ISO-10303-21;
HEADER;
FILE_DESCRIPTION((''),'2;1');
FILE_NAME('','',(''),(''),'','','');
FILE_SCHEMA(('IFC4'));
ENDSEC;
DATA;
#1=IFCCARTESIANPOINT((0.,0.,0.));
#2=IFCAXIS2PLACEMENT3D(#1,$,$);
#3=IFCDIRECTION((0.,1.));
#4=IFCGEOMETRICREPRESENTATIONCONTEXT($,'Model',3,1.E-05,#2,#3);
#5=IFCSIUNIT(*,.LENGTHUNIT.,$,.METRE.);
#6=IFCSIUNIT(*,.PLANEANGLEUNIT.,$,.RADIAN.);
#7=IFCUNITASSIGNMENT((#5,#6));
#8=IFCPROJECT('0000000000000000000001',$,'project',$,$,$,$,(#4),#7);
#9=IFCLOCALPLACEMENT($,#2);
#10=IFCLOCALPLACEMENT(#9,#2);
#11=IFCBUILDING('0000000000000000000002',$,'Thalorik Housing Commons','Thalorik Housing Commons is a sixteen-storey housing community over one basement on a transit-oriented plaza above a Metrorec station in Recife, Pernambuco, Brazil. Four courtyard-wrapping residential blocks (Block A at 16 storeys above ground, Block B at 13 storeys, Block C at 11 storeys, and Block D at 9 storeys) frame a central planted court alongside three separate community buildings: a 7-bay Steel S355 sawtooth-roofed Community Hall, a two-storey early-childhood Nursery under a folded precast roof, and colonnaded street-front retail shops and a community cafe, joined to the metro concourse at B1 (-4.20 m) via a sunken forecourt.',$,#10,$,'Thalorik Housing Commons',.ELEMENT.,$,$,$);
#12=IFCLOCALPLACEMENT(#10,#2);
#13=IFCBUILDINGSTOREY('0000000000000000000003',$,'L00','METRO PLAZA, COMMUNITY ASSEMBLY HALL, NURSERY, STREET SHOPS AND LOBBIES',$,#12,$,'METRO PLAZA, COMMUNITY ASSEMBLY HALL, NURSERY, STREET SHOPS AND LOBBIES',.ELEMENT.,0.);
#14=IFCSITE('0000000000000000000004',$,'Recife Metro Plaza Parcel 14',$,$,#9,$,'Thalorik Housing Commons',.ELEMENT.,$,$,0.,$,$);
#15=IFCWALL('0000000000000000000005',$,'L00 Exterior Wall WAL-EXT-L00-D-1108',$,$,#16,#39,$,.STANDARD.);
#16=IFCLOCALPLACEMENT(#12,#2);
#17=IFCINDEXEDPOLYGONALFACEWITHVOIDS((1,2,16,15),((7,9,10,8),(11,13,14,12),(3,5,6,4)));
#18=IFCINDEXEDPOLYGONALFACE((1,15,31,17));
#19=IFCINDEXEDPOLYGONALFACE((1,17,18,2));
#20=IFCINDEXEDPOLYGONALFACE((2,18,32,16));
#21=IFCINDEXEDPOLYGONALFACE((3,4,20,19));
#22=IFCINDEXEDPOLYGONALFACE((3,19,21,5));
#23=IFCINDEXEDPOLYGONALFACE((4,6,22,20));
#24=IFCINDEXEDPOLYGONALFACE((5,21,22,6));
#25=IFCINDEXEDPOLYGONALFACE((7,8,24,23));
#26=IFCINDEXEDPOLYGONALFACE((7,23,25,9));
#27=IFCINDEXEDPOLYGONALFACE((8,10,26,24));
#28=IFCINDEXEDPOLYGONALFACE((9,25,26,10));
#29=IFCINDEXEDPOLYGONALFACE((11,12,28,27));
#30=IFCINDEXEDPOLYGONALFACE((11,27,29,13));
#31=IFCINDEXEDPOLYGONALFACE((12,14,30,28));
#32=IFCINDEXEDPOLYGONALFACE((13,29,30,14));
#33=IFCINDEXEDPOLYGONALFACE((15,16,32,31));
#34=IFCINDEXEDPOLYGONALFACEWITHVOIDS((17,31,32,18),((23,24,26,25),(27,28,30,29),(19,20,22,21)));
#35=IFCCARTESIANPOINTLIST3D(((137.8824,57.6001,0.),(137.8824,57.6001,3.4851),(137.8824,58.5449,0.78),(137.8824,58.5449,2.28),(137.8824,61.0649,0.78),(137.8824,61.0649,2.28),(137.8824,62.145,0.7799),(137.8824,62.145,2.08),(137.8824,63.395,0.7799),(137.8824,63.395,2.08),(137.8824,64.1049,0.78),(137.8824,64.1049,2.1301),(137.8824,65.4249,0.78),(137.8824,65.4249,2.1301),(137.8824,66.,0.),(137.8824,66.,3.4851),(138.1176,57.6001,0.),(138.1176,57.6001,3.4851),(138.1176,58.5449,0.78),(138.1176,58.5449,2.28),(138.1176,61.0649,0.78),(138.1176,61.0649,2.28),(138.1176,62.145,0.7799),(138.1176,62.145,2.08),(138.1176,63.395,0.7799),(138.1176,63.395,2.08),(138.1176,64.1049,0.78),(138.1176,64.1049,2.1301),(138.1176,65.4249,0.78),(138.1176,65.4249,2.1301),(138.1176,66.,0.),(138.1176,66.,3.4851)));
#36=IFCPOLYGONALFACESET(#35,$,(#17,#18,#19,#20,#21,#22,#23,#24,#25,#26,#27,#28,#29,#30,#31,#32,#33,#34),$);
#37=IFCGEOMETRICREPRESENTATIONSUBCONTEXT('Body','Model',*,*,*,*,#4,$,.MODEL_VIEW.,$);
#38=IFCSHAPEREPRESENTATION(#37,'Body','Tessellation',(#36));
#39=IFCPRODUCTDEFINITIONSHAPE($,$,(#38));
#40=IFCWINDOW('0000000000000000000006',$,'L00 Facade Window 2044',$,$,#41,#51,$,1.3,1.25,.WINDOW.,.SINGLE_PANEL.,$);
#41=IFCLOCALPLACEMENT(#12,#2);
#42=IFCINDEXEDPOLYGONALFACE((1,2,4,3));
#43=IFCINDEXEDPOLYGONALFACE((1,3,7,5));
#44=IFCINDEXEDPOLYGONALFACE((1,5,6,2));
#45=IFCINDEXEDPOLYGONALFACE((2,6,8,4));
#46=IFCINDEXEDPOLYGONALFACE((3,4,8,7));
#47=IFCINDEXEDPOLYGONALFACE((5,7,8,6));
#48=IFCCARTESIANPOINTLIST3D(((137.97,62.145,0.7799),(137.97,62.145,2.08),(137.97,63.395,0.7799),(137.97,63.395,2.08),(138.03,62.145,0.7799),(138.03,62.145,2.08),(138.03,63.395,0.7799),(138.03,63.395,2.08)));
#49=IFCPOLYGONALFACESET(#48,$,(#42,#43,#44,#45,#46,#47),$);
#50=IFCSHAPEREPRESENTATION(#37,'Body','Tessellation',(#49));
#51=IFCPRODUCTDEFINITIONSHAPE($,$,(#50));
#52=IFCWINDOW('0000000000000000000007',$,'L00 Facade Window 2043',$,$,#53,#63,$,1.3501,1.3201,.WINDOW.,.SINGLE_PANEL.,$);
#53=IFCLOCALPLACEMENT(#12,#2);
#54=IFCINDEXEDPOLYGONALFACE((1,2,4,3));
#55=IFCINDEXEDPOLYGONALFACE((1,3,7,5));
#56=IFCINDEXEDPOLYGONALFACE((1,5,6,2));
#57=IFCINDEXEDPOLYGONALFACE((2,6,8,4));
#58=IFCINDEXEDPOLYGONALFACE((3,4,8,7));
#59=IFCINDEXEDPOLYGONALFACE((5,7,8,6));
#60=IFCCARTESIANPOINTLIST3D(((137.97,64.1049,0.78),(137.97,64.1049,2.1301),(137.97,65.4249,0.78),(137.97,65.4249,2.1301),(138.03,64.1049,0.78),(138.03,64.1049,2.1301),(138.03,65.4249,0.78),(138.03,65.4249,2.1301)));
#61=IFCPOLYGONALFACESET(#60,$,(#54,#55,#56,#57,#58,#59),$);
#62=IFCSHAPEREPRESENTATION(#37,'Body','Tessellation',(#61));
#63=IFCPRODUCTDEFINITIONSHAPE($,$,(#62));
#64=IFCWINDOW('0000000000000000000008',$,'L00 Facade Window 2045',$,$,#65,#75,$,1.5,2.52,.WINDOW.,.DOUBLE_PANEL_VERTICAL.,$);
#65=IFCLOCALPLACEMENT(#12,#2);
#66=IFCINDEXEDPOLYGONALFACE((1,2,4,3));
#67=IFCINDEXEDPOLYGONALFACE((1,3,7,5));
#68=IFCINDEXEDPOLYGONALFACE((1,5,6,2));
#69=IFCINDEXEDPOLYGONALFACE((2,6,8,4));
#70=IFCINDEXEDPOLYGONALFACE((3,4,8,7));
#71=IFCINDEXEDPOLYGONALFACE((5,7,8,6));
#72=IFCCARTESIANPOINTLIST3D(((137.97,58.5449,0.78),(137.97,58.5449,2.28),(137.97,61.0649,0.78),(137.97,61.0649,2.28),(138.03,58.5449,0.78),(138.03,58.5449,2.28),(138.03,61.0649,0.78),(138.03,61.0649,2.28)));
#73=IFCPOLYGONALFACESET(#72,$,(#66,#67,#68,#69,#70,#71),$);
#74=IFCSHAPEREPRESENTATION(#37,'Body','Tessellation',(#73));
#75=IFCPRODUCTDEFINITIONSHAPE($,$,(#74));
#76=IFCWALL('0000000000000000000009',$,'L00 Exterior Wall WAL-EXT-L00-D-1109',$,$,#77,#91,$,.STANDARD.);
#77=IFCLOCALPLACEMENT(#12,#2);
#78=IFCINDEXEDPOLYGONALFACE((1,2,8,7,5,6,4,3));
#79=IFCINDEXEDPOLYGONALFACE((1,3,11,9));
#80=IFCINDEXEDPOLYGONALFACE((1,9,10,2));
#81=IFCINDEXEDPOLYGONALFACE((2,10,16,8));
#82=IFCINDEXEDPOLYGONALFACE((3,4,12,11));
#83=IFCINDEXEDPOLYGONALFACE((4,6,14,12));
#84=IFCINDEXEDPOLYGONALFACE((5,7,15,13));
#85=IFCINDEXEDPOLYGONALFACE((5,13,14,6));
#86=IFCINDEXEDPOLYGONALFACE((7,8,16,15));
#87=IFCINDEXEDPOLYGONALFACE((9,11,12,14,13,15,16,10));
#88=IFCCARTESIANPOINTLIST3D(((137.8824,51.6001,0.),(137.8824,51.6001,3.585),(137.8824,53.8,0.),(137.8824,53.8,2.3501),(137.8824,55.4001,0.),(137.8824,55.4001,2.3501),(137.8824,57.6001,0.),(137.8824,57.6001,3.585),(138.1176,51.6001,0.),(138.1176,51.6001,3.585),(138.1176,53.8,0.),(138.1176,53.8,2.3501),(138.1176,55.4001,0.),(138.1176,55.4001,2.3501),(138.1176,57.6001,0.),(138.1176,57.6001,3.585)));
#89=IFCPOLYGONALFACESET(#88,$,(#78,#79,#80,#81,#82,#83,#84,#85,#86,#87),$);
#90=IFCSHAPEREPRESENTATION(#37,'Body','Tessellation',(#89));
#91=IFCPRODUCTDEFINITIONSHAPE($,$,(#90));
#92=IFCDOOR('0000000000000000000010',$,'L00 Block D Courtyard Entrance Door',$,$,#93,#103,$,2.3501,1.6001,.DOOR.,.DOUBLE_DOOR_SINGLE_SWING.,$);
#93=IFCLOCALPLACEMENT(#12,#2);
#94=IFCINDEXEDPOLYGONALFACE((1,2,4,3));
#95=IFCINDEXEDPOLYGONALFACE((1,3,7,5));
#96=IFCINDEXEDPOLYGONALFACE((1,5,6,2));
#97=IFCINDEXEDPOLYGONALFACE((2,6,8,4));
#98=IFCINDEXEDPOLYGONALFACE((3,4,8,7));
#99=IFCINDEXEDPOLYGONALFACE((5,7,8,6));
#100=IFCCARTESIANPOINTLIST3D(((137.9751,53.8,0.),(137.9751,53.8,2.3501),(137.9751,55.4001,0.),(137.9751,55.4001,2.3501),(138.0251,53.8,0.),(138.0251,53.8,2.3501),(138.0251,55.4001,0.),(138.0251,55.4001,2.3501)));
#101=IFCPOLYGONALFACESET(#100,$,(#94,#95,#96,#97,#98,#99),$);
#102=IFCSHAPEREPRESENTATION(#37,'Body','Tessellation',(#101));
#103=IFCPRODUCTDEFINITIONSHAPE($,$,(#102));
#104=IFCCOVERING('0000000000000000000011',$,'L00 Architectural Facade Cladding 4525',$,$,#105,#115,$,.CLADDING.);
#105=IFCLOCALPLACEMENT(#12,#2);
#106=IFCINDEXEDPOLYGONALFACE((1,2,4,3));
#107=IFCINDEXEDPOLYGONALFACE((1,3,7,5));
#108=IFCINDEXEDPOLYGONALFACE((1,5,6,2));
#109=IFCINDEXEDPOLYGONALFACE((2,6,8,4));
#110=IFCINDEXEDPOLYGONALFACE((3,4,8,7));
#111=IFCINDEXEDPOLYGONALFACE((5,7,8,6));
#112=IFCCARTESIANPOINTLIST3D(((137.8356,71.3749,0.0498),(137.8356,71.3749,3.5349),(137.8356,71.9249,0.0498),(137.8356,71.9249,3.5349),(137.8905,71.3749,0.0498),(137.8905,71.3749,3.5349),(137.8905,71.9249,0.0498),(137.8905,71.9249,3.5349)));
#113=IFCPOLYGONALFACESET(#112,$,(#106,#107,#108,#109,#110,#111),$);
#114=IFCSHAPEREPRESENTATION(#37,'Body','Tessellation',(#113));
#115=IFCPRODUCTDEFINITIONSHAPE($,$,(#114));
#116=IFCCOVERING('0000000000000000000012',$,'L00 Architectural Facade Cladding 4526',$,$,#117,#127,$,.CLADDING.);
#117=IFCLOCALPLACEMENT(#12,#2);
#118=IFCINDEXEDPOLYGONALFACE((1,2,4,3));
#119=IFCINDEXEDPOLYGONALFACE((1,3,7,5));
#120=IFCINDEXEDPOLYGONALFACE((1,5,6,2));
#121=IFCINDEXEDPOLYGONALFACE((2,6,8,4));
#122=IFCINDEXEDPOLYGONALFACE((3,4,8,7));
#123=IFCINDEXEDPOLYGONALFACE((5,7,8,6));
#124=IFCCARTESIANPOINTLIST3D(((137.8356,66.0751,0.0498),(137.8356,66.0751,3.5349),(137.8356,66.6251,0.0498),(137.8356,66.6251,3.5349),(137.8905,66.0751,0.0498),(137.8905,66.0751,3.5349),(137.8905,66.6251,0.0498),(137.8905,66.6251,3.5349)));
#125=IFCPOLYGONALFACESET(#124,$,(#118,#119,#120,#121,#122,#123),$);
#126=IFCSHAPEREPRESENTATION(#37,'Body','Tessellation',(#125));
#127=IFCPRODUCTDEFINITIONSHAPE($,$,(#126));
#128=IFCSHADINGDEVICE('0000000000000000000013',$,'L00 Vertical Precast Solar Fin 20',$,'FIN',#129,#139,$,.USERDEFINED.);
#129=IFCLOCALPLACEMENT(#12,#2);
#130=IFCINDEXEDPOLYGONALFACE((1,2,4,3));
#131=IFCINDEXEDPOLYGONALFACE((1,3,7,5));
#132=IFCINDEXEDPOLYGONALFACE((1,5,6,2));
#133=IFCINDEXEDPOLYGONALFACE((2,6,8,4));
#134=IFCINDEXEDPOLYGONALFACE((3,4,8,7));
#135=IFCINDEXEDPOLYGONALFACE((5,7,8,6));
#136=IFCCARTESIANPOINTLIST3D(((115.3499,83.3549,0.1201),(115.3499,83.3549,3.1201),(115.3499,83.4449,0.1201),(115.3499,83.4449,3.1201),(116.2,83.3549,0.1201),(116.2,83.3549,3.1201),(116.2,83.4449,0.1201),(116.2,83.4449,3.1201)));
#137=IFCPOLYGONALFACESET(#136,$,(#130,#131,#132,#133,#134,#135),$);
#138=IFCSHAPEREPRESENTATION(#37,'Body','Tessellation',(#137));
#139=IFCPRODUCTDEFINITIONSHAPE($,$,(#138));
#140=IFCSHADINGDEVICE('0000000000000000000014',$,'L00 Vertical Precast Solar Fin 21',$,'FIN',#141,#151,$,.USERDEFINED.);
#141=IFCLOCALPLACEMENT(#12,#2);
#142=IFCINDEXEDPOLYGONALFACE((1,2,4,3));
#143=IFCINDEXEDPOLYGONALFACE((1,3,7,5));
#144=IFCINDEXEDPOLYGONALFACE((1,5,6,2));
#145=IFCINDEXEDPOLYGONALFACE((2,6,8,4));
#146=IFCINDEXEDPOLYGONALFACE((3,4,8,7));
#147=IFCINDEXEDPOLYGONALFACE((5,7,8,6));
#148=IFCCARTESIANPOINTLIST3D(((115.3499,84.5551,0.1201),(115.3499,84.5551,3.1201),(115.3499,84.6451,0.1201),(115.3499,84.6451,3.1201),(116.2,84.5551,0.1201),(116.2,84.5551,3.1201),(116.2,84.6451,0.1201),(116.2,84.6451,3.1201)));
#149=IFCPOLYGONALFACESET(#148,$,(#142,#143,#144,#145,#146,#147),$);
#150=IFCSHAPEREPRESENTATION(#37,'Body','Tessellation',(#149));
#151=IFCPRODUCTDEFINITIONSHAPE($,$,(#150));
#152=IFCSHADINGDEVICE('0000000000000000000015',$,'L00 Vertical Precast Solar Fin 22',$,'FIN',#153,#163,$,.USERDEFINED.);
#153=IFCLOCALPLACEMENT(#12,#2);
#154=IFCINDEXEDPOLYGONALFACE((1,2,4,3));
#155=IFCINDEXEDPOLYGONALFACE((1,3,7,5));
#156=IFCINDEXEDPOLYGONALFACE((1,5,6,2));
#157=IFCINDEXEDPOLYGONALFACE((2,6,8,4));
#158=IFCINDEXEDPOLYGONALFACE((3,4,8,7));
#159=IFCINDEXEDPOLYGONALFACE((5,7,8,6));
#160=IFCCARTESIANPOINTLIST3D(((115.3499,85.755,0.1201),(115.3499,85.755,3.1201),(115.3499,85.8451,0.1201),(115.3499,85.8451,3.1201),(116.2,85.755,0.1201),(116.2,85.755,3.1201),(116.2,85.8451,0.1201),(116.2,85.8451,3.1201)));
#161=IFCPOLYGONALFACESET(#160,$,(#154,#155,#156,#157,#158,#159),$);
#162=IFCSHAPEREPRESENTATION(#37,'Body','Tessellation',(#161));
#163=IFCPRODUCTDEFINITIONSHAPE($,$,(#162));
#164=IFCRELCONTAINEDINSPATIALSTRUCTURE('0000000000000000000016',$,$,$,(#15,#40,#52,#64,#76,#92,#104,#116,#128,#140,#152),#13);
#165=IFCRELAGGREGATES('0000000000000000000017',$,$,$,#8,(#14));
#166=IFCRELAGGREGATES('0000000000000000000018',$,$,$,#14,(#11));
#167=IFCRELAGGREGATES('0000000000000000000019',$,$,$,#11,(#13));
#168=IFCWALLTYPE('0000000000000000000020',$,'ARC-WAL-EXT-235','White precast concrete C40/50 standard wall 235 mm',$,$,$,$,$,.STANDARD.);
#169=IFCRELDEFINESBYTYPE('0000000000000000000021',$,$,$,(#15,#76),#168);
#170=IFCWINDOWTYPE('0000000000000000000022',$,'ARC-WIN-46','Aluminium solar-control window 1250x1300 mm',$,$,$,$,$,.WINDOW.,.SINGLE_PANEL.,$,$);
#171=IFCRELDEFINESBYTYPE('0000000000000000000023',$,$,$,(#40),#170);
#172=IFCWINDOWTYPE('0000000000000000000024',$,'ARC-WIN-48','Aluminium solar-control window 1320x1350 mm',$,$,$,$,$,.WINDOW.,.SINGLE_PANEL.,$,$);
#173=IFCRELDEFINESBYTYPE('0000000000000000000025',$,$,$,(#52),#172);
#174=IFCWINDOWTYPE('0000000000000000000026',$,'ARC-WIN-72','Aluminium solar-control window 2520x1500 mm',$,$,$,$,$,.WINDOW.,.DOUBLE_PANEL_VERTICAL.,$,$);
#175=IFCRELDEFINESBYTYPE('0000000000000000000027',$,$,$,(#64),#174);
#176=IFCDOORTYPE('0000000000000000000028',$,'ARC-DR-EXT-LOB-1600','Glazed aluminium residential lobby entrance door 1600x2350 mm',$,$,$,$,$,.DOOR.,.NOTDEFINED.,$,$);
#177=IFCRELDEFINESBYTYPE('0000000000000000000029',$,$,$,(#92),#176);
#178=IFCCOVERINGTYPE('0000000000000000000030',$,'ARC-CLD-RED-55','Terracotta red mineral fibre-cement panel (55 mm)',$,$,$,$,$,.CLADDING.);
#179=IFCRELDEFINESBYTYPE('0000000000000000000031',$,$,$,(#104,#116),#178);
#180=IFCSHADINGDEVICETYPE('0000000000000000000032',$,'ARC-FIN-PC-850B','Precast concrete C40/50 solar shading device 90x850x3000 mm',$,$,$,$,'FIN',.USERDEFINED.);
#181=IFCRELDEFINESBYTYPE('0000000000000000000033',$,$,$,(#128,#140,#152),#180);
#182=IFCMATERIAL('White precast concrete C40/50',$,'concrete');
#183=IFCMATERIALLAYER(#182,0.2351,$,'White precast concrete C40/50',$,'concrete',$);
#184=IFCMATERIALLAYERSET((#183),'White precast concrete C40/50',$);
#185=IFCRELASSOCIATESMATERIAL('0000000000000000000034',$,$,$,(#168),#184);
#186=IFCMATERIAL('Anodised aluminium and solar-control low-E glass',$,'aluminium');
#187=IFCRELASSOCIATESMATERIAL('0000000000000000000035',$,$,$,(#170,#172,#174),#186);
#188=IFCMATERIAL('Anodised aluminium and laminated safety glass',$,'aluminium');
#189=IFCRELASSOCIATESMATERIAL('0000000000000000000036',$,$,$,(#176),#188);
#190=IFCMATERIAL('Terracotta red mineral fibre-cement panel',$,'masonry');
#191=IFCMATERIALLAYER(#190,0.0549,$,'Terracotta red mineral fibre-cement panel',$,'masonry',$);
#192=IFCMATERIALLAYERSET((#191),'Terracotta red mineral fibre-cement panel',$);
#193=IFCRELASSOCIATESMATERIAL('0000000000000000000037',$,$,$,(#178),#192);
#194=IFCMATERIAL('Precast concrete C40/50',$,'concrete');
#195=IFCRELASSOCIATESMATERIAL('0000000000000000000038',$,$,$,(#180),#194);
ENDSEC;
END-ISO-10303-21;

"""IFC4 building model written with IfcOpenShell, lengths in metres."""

from ifc_helpers import new_model, si_unit, direction, frame, frame_2d, origin, origin_2d, place, context, subcontext, project, spatial, rectangle, extrude, material, layer, layer_set, type_object, element, fill, save


model = new_model("IFC4")

# Units and contexts
model_context = context("Model", 3, precision=1e-05, world=origin(), true_north=direction((0.0, 1.0)))
body_context = subcontext(model_context, "Body", "Model", "MODEL_VIEW")
ifc_project = project(units=[si_unit("LENGTHUNIT", "METRE"), si_unit("PLANEANGLEUNIT", "RADIAN")], contexts=[model_context])

# Site, building, storey
site_placement = place(None, origin())
site = spatial("IfcSite", under=ifc_project, at=site_placement, Name="Recife Metro Plaza Parcel 14", LongName="Thalorik Housing Commons", CompositionType="ELEMENT", RefElevation=0.0)
building_placement = place(site_placement, origin())
building = spatial("IfcBuilding", under=site, at=building_placement, Name="Thalorik Housing Commons", Description="Thalorik Housing Commons is a sixteen-storey housing community over one basement on a transit-oriented plaza above a Metrorec station in Recife, Pernambuco, Brazil. Four courtyard-wrapping residential blocks (Block A at 16 storeys above ground, Block B at 13 storeys, Block C at 11 storeys, and Block D at 9 storeys) frame a central planted court alongside three separate community buildings: a 7-bay Steel S355 sawtooth-roofed Community Hall, a two-storey early-childhood Nursery under a folded precast roof, and colonnaded street-front retail shops and a community cafe, joined to the metro concourse at B1 (-4.20 m) via a sunken forecourt.", LongName="Thalorik Housing Commons", CompositionType="ELEMENT")
storey_placement = place(building_placement, origin())
storey = spatial("IfcBuildingStorey", under=building, at=storey_placement, Name="L00", Description="METRO PLAZA, COMMUNITY ASSEMBLY HALL, NURSERY, STREET SHOPS AND LOBBIES", LongName="METRO PLAZA, COMMUNITY ASSEMBLY HALL, NURSERY, STREET SHOPS AND LOBBIES", CompositionType="ELEMENT", Elevation=0.0)

# Shared definitions
ifc_material_1 = material(Name="Precast concrete C40/50", Category="concrete")

# Wall, openings, windows
ifc_material_2 = material(Name="White precast concrete C40/50", Category="concrete")
ifc_layer_1 = layer(ifc_material_2, 0.2351, Name="White precast concrete C40/50", Category="concrete")
ifc_layer_set_1 = layer_set([ifc_layer_1], Name="White precast concrete C40/50")
wall_type = type_object("IfcWallType", Name="ARC-WAL-EXT-235", Description="White precast concrete C40/50 standard wall 235 mm", PredefinedType="STANDARD", material=ifc_layer_set_1)
ifc_material_3 = material(Name="Anodised aluminium and solar-control low-E glass", Category="aluminium")
wall_1_placement = place(storey_placement, frame((138.0, 66.0, 0.0), z_axis=(0.0, 0.0, 1.0), x_axis=(0.0, -1.0, 0.0)))
wall_1 = element("IfcWall", 1, at=wall_1_placement, inside=storey, type_object=wall_type, Name="L00 Exterior Wall WAL-EXT-L00-D-1108", PredefinedType="STANDARD", context=body_context, shape_type="SweptSolid", body=[
    extrude(rectangle(XDim=8.3999, YDim=0.2351, at=frame_2d((4.2, 0.0))), origin(), (0.0, 0.0, 1.0), 3.4851),
])
opening_1_placement = place(wall_1_placement, frame((0.575, 0.0, 0.78)))
opening_1 = element("IfcOpeningElement", 2, at=opening_1_placement, cuts=wall_1, PredefinedType="OPENING", context=body_context, shape_type="SweptSolid", body=[
    extrude(rectangle(XDim=1.3201, YDim=1.3501, at=frame_2d((0.6602, 0.675))), frame((0.0, 0.1274, 0.0), z_axis=(0.0, -1.0, 0.0), x_axis=(1.0, 0.0, 0.0)), (0.0, 0.0, 1.0), 0.2551),
])
opening_2_placement = place(wall_1_placement, frame((2.605, 0.0, 0.78)))
opening_2 = element("IfcOpeningElement", 3, at=opening_2_placement, cuts=wall_1, PredefinedType="OPENING", context=body_context, shape_type="SweptSolid", body=[
    extrude(rectangle(XDim=1.25, YDim=1.3, at=frame_2d((0.625, 0.6499))), frame((0.0, 0.1274, 0.0), z_axis=(0.0, -1.0, 0.0), x_axis=(1.0, 0.0, 0.0)), (0.0, 0.0, 1.0), 0.2551),
])
opening_3_placement = place(wall_1_placement, frame((4.9351, 0.0, 0.78)))
opening_3 = element("IfcOpeningElement", 4, at=opening_3_placement, cuts=wall_1, PredefinedType="OPENING", context=body_context, shape_type="SweptSolid", body=[
    extrude(rectangle(XDim=2.52, YDim=1.5, at=frame_2d((1.26, 0.75))), frame((0.0, 0.1274, 0.0), z_axis=(0.0, -1.0, 0.0), x_axis=(1.0, 0.0, 0.0)), (0.0, 0.0, 1.0), 0.2551),
])
window_type_1 = type_object("IfcWindowType", Name="ARC-WIN-46", Description="Aluminium solar-control window 1250x1300 mm", PartitioningType="SINGLE_PANEL", PredefinedType="WINDOW", material=ifc_material_3)
window_1_placement = place(opening_2_placement, origin())
window_1 = element("IfcWindow", 5, at=window_1_placement, inside=storey, type_object=window_type_1, Name="L00 Facade Window 2044", OverallHeight=1.3, OverallWidth=1.25, PartitioningType="SINGLE_PANEL", PredefinedType="WINDOW", context=body_context, shape_type="SweptSolid", body=[
    extrude(rectangle(XDim=1.25, YDim=1.3, at=frame_2d((0.625, 0.6499))), frame((0.0, 0.03, 0.0), z_axis=(0.0, -1.0, 0.0), x_axis=(1.0, 0.0, 0.0)), (0.0, 0.0, 1.0), 0.0601),
])
fill(opening_2, window_1)
window_type_2 = type_object("IfcWindowType", Name="ARC-WIN-48", Description="Aluminium solar-control window 1320x1350 mm", PartitioningType="SINGLE_PANEL", PredefinedType="WINDOW", material=ifc_material_3)
window_2_placement = place(opening_1_placement, origin())
window_2 = element("IfcWindow", 6, at=window_2_placement, inside=storey, type_object=window_type_2, Name="L00 Facade Window 2043", OverallHeight=1.3501, OverallWidth=1.3201, PartitioningType="SINGLE_PANEL", PredefinedType="WINDOW", context=body_context, shape_type="SweptSolid", body=[
    extrude(rectangle(XDim=1.3201, YDim=1.3501, at=frame_2d((0.6602, 0.675))), frame((0.0, 0.03, 0.0), z_axis=(0.0, -1.0, 0.0), x_axis=(1.0, 0.0, 0.0)), (0.0, 0.0, 1.0), 0.0601),
])
fill(opening_1, window_2)
window_type_3 = type_object("IfcWindowType", Name="ARC-WIN-72", Description="Aluminium solar-control window 2520x1500 mm", PartitioningType="DOUBLE_PANEL_VERTICAL", PredefinedType="WINDOW", material=ifc_material_3)
window_3_placement = place(opening_3_placement, origin())
window_3 = element("IfcWindow", 7, at=window_3_placement, inside=storey, type_object=window_type_3, Name="L00 Facade Window 2045", OverallHeight=1.5, OverallWidth=2.52, PartitioningType="DOUBLE_PANEL_VERTICAL", PredefinedType="WINDOW", context=body_context, shape_type="SweptSolid", body=[
    extrude(rectangle(XDim=2.52, YDim=1.5, at=frame_2d((1.26, 0.75))), frame((0.0, 0.03, 0.0), z_axis=(0.0, -1.0, 0.0), x_axis=(1.0, 0.0, 0.0)), (0.0, 0.0, 1.0), 0.0601),
])
fill(opening_3, window_3)

# Wall, opening, door
wall_2_placement = place(storey_placement, frame((138.0, 57.6001, 0.0), z_axis=(0.0, 0.0, 1.0), x_axis=(0.0, -1.0, 0.0)))
wall_2 = element("IfcWall", 8, at=wall_2_placement, inside=storey, type_object=wall_type, Name="L00 Exterior Wall WAL-EXT-L00-D-1109", PredefinedType="STANDARD", context=body_context, shape_type="SweptSolid", body=[
    extrude(rectangle(XDim=6.0, YDim=0.2351, at=frame_2d((3.0, 0.0))), origin(), (0.0, 0.0, 1.0), 3.585),
])
opening_4_placement = place(wall_2_placement, frame((2.2, 0.0, 0.0)))
opening_4 = element("IfcOpeningElement", 9, at=opening_4_placement, cuts=wall_2, PredefinedType="OPENING", context=body_context, shape_type="SweptSolid", body=[
    extrude(rectangle(XDim=1.6001, YDim=2.3501, at=frame_2d((0.8, 1.175))), frame((0.0, 0.1274, 0.0), z_axis=(0.0, -1.0, 0.0), x_axis=(1.0, 0.0, 0.0)), (0.0, 0.0, 1.0), 0.2551),
])
ifc_material_4 = material(Name="Anodised aluminium and laminated safety glass", Category="aluminium")
door_type = type_object("IfcDoorType", Name="ARC-DR-EXT-LOB-1600", Description="Glazed aluminium residential lobby entrance door 1600x2350 mm", OperationType="NOTDEFINED", PredefinedType="DOOR", material=ifc_material_4)
door_placement = place(opening_4_placement, frame((1.6001, 0.0, 0.0), z_axis=(0.0, 0.0, 1.0), x_axis=(-1.0, 0.0, 0.0)))
door = element("IfcDoor", 10, at=door_placement, inside=storey, type_object=door_type, Name="L00 Block D Courtyard Entrance Door", OperationType="DOUBLE_DOOR_SINGLE_SWING", OverallHeight=2.3501, OverallWidth=1.6001, PredefinedType="DOOR", context=body_context, shape_type="SweptSolid", body=[
    extrude(rectangle(XDim=1.6001, YDim=2.3501, at=frame_2d((0.8, 1.175))), frame((0.0, 0.0249, 0.0), z_axis=(0.0, -1.0, 0.0), x_axis=(1.0, 0.0, 0.0)), (0.0, 0.0, 1.0), 0.05),
])
fill(opening_4, door)

# Coverings
ifc_material_5 = material(Name="Terracotta red mineral fibre-cement panel", Category="masonry")
ifc_layer_2 = layer(ifc_material_5, 0.0549, Name="Terracotta red mineral fibre-cement panel", Category="masonry")
ifc_layer_set_2 = layer_set([ifc_layer_2], Name="Terracotta red mineral fibre-cement panel")
covering_type = type_object("IfcCoveringType", Name="ARC-CLD-RED-55", Description="Terracotta red mineral fibre-cement panel (55 mm)", PredefinedType="CLADDING", material=ifc_layer_set_2)
for number, where, z_axis, x_axis, name in (
    (11, (137.863, 71.6499, 0.0498), (0.0, 0.0, 1.0), (0.0, -1.0, 0.0), "L00 Architectural Facade Cladding 4525"),
    (12, (137.863, 66.3501, 0.0498), (0.0, 0.0, 1.0), (0.0, -1.0, 0.0), "L00 Architectural Facade Cladding 4526"),
):
    element("IfcCovering", number, at=place(storey_placement, frame(where, z_axis=z_axis, x_axis=x_axis)), inside=storey, type_object=covering_type, Name=name, PredefinedType="CLADDING", context=body_context, shape_type="SweptSolid", body=[
        extrude(rectangle(XDim=0.55, YDim=0.0549, at=origin_2d()), origin(), (0.0, 0.0, 1.0), 3.4851),
    ])

# Shading devices
shading_device_type = type_object("IfcShadingDeviceType", Name="ARC-FIN-PC-850B", Description="Precast concrete C40/50 solar shading device 90x850x3000 mm", ElementType="FIN", PredefinedType="USERDEFINED", material=ifc_material_1)
for number, where, z_axis, x_axis, name in (
    (13, (115.7749, 83.3999, 0.1201), (0.0, 0.0, 1.0), (0.0, 1.0, 0.0), "L00 Vertical Precast Solar Fin 20"),
    (14, (115.7749, 84.6001, 0.1201), (0.0, 0.0, 1.0), (0.0, 1.0, 0.0), "L00 Vertical Precast Solar Fin 21"),
    (15, (115.7749, 85.8, 0.1201), (0.0, 0.0, 1.0), (0.0, 1.0, 0.0), "L00 Vertical Precast Solar Fin 22"),
):
    element("IfcShadingDevice", number, at=place(storey_placement, frame(where, z_axis=z_axis, x_axis=x_axis)), inside=storey, type_object=shading_device_type, Name=name, ObjectType="FIN", PredefinedType="USERDEFINED", context=body_context, shape_type="SweptSolid", body=[
        extrude(rectangle(XDim=0.0901, YDim=0.8501, at=origin_2d()), origin(), (0.0, 0.0, 1.0), 3.0),
    ])

save(model, "model.ifc")
